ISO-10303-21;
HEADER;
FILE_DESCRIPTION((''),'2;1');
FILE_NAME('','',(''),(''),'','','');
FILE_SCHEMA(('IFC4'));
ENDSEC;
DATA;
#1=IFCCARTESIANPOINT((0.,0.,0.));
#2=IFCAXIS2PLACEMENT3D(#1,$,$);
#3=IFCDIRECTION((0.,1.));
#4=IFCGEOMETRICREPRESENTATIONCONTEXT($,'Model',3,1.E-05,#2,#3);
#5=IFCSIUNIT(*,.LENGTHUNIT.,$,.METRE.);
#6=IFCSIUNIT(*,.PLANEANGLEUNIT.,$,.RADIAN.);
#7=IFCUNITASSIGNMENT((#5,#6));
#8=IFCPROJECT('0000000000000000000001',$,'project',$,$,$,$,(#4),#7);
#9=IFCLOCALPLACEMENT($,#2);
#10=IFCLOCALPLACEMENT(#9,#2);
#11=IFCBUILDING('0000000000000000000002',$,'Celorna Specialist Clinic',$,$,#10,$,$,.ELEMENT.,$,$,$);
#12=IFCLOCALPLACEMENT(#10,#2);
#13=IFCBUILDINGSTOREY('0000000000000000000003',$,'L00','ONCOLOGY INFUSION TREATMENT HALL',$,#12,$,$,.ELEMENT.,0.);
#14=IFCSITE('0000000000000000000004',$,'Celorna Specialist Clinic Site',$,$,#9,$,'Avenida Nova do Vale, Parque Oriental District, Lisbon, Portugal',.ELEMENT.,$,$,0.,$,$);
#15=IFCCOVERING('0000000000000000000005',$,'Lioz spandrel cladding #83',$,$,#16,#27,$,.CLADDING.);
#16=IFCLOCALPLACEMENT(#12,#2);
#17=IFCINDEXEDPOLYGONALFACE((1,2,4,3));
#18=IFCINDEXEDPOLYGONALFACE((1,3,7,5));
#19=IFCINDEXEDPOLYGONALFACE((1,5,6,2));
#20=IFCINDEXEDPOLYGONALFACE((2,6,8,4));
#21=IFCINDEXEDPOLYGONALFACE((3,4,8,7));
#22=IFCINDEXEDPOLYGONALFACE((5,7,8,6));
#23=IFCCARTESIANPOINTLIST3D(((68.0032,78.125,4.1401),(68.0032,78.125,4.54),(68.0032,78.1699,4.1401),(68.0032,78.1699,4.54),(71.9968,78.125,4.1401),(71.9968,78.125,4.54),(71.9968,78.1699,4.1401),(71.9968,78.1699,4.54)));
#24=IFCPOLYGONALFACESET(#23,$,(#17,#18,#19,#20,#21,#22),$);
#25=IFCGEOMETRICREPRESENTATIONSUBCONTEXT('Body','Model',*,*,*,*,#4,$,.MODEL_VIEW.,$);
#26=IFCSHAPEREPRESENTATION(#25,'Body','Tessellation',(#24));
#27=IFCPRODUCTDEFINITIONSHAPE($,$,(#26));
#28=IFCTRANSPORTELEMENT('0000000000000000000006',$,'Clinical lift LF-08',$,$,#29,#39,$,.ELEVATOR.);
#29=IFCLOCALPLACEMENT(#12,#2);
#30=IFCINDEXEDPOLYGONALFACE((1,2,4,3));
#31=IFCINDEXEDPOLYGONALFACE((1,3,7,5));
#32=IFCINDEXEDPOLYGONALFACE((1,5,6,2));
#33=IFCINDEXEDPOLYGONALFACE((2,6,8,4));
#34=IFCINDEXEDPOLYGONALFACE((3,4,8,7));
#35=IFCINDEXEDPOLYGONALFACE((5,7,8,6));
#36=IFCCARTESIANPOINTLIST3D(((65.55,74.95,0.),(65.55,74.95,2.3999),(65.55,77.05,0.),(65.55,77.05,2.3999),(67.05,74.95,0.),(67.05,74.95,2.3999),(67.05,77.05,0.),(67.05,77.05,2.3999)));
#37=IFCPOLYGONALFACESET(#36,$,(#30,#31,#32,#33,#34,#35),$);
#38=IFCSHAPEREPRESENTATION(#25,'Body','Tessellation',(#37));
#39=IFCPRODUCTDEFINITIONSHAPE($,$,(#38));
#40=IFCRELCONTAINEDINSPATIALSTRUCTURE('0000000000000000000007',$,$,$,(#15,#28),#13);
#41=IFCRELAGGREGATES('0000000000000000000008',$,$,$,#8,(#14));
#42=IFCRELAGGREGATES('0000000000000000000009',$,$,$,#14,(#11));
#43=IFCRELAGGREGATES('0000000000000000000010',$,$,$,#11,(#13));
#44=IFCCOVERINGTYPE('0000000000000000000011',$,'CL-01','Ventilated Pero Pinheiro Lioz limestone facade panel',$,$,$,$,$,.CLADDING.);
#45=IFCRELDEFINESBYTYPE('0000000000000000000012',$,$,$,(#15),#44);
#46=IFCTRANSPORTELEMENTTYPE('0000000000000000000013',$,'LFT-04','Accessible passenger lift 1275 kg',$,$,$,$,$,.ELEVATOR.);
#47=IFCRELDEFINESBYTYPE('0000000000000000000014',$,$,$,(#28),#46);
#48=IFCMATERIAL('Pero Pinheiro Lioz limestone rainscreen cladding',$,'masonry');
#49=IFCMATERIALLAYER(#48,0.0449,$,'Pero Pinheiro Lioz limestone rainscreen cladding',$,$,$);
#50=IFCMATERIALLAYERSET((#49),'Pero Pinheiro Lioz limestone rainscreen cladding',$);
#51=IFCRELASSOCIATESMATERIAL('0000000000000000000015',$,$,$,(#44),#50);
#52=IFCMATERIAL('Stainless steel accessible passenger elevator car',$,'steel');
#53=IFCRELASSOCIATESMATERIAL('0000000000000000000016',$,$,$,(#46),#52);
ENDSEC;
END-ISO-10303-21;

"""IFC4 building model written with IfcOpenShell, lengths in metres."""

from ifc_helpers import new_model, si_unit, direction, frame, origin, origin_2d, place, context, subcontext, project, spatial, rectangle, extrude, material, layer, layer_set, type_object, element, save


model = new_model("IFC4")

# Units and contexts
model_context = context("Model", 3, precision=1e-05, world=origin(), true_north=direction((0.0, 1.0)))
body_context = subcontext(model_context, "Body", "Model", "MODEL_VIEW")
ifc_project = project(units=[si_unit("LENGTHUNIT", "METRE"), si_unit("PLANEANGLEUNIT", "RADIAN")], contexts=[model_context])

# Site, building, storey
site_placement = place(None, origin())
site = spatial("IfcSite", under=ifc_project, at=site_placement, Name="Celorna Specialist Clinic Site", LongName="Avenida Nova do Vale, Parque Oriental District, Lisbon, Portugal", CompositionType="ELEMENT", RefElevation=0.0)
building_placement = place(site_placement, origin())
building = spatial("IfcBuilding", under=site, at=building_placement, Name="Celorna Specialist Clinic", CompositionType="ELEMENT")
storey_placement = place(building_placement, origin())
storey = spatial("IfcBuildingStorey", under=building, at=storey_placement, Name="L00", Description="ONCOLOGY INFUSION TREATMENT HALL", CompositionType="ELEMENT", Elevation=0.0)

# Covering
ifc_material_1 = material(Name="Pero Pinheiro Lioz limestone rainscreen cladding", Category="masonry")
ifc_layer_1 = layer(ifc_material_1, 0.0449, Name="Pero Pinheiro Lioz limestone rainscreen cladding")
ifc_layer_set_1 = layer_set([ifc_layer_1], Name="Pero Pinheiro Lioz limestone rainscreen cladding")
covering_type = type_object("IfcCoveringType", Name="CL-01", Description="Ventilated Pero Pinheiro Lioz limestone facade panel", PredefinedType="CLADDING", material=ifc_layer_set_1)
for number, where, z_axis, x_axis, name in (
    (1, (70.0, 78.1475, 4.1401), (0.0, 0.0, 1.0), (1.0, 0.0, 0.0), "Lioz spandrel cladding #83"),
):
    element("IfcCovering", number, at=place(storey_placement, frame(where, z_axis=z_axis, x_axis=x_axis)), inside=storey, type_object=covering_type, Name=name, PredefinedType="CLADDING", context=body_context, shape_type="SweptSolid", body=[
        extrude(rectangle(XDim=3.9937, YDim=0.0449, at=origin_2d()), origin(), (0.0, 0.0, 1.0), 0.3999),
    ])

# Transport element
ifc_material_2 = material(Name="Stainless steel accessible passenger elevator car", Category="steel")
transport_element_type = type_object("IfcTransportElementType", Name="LFT-04", Description="Accessible passenger lift 1275 kg", PredefinedType="ELEVATOR", material=ifc_material_2)
transport_element_placement = place(storey_placement, frame((66.3, 76.0, 0.0), z_axis=(0.0, 0.0, 1.0), x_axis=(1.0, 0.0, 0.0)))
element("IfcTransportElement", 2, at=transport_element_placement, inside=storey, type_object=transport_element_type, Name="Clinical lift LF-08", PredefinedType="ELEVATOR", context=body_context, shape_type="SweptSolid", body=[
    extrude(rectangle(XDim=1.5, YDim=2.1001, at=origin_2d()), origin(), (0.0, 0.0, 1.0), 2.3999),
])

save(model, "model.ifc")
